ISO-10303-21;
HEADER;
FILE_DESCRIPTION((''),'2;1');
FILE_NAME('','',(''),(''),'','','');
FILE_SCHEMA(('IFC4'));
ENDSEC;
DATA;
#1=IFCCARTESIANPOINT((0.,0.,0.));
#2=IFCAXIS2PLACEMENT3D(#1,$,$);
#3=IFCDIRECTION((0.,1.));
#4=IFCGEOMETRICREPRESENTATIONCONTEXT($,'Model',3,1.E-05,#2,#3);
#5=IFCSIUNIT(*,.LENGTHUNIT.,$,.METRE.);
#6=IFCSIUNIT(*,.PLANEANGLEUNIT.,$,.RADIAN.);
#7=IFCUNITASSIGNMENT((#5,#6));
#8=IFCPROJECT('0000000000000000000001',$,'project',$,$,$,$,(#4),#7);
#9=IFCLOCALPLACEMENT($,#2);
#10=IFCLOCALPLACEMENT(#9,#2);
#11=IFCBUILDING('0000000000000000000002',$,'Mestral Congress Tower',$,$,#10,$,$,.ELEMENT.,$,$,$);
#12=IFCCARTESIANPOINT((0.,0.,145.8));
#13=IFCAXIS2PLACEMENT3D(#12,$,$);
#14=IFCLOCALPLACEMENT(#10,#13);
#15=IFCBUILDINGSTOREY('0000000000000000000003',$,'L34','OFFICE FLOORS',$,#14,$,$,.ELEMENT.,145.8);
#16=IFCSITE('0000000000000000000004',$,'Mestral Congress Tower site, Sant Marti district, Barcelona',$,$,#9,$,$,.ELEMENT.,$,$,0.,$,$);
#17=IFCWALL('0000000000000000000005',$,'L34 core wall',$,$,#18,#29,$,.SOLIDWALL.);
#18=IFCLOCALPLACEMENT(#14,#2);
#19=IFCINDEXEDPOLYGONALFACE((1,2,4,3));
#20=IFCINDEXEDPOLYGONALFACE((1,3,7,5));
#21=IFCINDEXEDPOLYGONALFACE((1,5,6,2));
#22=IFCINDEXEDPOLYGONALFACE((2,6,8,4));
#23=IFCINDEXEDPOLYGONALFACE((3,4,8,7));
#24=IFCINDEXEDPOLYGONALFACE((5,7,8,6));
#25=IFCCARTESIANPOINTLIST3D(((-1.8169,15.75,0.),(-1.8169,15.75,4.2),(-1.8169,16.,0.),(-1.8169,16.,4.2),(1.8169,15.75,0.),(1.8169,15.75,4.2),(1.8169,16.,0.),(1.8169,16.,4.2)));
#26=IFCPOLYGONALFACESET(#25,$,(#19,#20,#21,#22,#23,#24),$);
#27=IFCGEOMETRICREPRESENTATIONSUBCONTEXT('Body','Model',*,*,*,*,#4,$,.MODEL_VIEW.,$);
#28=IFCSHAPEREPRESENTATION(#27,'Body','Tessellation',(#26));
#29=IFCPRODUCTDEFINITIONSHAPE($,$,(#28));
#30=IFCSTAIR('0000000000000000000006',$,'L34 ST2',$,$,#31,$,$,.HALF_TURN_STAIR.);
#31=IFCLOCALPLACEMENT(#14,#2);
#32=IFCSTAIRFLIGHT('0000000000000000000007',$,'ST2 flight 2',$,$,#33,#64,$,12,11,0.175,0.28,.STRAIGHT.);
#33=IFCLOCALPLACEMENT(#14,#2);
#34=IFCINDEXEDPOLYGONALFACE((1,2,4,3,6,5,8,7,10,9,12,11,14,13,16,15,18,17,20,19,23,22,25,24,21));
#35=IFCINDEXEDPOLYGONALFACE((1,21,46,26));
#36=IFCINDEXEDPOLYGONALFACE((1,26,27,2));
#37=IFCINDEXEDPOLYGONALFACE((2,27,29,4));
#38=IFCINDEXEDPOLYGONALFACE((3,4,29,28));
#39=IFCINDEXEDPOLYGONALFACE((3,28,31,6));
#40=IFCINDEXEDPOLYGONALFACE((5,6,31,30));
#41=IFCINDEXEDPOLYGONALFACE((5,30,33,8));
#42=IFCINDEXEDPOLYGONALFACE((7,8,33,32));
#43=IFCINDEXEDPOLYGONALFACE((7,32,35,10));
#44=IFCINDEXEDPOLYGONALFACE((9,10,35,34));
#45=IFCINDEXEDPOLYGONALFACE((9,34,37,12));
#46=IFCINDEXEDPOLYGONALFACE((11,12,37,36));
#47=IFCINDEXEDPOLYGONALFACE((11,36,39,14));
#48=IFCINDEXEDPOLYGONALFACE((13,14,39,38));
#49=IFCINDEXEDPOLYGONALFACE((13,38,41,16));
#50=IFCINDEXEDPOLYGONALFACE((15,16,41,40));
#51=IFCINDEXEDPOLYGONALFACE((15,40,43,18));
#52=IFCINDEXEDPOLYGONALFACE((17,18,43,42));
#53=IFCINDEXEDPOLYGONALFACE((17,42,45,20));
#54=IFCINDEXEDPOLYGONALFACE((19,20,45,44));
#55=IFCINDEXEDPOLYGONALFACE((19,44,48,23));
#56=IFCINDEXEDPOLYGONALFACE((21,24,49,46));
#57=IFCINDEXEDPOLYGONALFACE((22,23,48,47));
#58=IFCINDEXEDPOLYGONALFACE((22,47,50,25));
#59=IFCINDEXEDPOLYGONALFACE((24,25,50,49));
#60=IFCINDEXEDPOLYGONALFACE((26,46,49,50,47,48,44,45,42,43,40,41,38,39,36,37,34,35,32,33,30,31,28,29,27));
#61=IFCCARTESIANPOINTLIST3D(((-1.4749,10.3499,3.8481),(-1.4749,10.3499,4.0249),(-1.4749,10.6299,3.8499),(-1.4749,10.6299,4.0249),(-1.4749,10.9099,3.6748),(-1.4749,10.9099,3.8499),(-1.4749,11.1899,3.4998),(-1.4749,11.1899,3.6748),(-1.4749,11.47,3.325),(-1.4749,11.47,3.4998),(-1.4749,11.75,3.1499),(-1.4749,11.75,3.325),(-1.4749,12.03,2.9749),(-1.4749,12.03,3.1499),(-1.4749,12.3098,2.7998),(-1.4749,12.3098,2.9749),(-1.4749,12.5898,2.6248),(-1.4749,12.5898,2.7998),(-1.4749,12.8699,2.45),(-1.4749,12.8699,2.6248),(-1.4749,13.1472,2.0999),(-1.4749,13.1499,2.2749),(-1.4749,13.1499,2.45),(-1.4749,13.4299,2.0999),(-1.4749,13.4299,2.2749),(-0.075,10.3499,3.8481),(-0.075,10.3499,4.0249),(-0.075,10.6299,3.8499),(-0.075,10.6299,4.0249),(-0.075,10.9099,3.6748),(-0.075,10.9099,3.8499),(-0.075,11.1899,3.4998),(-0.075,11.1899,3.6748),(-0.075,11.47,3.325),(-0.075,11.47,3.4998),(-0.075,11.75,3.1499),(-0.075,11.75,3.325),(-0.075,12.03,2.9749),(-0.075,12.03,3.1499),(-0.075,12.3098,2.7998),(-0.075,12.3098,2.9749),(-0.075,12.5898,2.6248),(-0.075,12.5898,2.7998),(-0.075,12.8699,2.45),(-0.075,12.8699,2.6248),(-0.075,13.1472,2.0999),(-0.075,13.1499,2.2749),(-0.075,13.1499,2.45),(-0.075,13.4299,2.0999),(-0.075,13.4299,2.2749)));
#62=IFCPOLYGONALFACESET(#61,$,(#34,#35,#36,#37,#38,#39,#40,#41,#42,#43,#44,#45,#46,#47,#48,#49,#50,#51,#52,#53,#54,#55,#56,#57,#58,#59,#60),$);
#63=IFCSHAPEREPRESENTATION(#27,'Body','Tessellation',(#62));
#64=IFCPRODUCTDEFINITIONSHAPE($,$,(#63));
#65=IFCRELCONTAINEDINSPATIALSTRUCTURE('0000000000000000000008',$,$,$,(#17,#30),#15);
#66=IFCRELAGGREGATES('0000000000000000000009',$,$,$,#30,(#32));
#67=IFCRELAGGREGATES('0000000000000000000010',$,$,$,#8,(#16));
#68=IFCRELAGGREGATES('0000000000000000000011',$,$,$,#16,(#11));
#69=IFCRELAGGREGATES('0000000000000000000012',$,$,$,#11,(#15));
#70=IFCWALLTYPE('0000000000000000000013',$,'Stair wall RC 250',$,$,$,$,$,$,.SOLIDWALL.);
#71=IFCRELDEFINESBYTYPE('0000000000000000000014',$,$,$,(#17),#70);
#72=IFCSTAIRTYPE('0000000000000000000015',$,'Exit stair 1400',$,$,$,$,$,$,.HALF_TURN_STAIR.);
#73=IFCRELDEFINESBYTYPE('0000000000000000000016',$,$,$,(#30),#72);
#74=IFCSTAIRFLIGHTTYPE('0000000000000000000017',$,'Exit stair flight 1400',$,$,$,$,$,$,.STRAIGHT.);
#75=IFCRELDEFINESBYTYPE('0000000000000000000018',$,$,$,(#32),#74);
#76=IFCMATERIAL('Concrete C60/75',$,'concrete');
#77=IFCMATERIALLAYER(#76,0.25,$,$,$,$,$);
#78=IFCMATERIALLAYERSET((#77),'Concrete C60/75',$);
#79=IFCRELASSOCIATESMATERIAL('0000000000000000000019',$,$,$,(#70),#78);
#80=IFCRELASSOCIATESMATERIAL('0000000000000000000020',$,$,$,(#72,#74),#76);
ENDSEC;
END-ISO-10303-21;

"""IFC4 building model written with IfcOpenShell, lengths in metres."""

from ifc_helpers import new_model, si_unit, direction, frame, frame_2d, origin, place, context, subcontext, project, spatial, polyline, rectangle, outline, extrude, material, layer, layer_set, type_object, element, aggregate, save


model = new_model("IFC4")

# Units and contexts
model_context = context("Model", 3, precision=1e-05, world=origin(), true_north=direction((0.0, 1.0)))
body_context = subcontext(model_context, "Body", "Model", "MODEL_VIEW")
ifc_project = project(units=[si_unit("LENGTHUNIT", "METRE"), si_unit("PLANEANGLEUNIT", "RADIAN")], contexts=[model_context])

# Site, building, storey
site_placement = place(None, origin())
site = spatial("IfcSite", under=ifc_project, at=site_placement, Name="Mestral Congress Tower site, Sant Marti district, Barcelona", CompositionType="ELEMENT", RefElevation=0.0)
building_placement = place(site_placement, origin())
building = spatial("IfcBuilding", under=site, at=building_placement, Name="Mestral Congress Tower", CompositionType="ELEMENT")
storey_placement = place(building_placement, frame((0.0, 0.0, 145.8)))
storey = spatial("IfcBuildingStorey", under=building, at=storey_placement, Name="L34", Description="OFFICE FLOORS", CompositionType="ELEMENT", Elevation=145.8)

# Shared definitions
ifc_material_1 = material(Name="Concrete C60/75", Category="concrete")

# Wall
ifc_layer_1 = layer(ifc_material_1, 0.25)
ifc_layer_set_1 = layer_set([ifc_layer_1], Name="Concrete C60/75")
wall_type_1 = type_object("IfcWallType", Name="Stair wall RC 250", PredefinedType="SOLIDWALL", material=ifc_layer_set_1)
wall_1_placement = place(storey_placement, frame((-1.8169, 15.875, 0.0), z_axis=(0.0, 0.0, 1.0), x_axis=(1.0, 0.0, 0.0)))
element("IfcWall", 1, at=wall_1_placement, inside=storey, type_object=wall_type_1, Name="L34 core wall", PredefinedType="SOLIDWALL", context=body_context, shape_type="SweptSolid", body=[
    extrude(rectangle(XDim=3.6338, YDim=0.25, at=frame_2d((1.8169, 0.0))), origin(), (0.0, 0.0, 1.0), 4.2),
])

# Stair, stair flight
stair_type = type_object("IfcStairType", Name="Exit stair 1400", PredefinedType="HALF_TURN_STAIR", material=ifc_material_1)
stair_placement = place(storey_placement, origin())
stair = element("IfcStair", 2, at=stair_placement, inside=storey, type_object=stair_type, Name="L34 ST2", PredefinedType="HALF_TURN_STAIR")
stair_flight_type = type_object("IfcStairFlightType", Name="Exit stair flight 1400", PredefinedType="STRAIGHT", material=ifc_material_1)
stair_flight_placement = place(storey_placement, frame((-0.7749, 13.4299, 2.0999), z_axis=(0.0, 0.0, 1.0), x_axis=(0.0, -1.0, 0.0)))
stair_flight = element("IfcStairFlight", 3, at=stair_flight_placement, type_object=stair_flight_type, Name="ST2 flight 2", NumberOfRisers=12, NumberOfTreads=11, PredefinedType="STRAIGHT", RiserHeight=0.175, TreadLength=0.28, context=body_context, shape_type="SweptSolid", body=[
    extrude(outline(polyline([(0.0, 0.0), (0.0, 0.175), (0.28, 0.175), (0.28, 0.3501), (0.5601, 0.3501), (0.5601, 0.5249), (0.8401, 0.5249), (0.8401, 0.7), (1.1201, 0.7), (1.1201, 0.875), (1.3999, 0.875), (1.3999, 1.05), (1.6799, 1.05), (1.6799, 1.2251), (1.96, 1.2251), (1.96, 1.3999), (2.24, 1.3999), (2.24, 1.575), (2.52, 1.575), (2.52, 1.75), (2.8, 1.75), (2.8, 1.925), (3.0801, 1.925), (3.0801, 2.1001), (3.0801, 1.7483), (0.2827, 0.0), (0.0, 0.0)])), frame((0.0, 0.7, 0.0), z_axis=(0.0, -1.0, 0.0), x_axis=(1.0, 0.0, 0.0)), (0.0, 0.0, 1.0), 1.3999),
])
aggregate(stair, [stair_flight])

save(model, "model.ifc")
